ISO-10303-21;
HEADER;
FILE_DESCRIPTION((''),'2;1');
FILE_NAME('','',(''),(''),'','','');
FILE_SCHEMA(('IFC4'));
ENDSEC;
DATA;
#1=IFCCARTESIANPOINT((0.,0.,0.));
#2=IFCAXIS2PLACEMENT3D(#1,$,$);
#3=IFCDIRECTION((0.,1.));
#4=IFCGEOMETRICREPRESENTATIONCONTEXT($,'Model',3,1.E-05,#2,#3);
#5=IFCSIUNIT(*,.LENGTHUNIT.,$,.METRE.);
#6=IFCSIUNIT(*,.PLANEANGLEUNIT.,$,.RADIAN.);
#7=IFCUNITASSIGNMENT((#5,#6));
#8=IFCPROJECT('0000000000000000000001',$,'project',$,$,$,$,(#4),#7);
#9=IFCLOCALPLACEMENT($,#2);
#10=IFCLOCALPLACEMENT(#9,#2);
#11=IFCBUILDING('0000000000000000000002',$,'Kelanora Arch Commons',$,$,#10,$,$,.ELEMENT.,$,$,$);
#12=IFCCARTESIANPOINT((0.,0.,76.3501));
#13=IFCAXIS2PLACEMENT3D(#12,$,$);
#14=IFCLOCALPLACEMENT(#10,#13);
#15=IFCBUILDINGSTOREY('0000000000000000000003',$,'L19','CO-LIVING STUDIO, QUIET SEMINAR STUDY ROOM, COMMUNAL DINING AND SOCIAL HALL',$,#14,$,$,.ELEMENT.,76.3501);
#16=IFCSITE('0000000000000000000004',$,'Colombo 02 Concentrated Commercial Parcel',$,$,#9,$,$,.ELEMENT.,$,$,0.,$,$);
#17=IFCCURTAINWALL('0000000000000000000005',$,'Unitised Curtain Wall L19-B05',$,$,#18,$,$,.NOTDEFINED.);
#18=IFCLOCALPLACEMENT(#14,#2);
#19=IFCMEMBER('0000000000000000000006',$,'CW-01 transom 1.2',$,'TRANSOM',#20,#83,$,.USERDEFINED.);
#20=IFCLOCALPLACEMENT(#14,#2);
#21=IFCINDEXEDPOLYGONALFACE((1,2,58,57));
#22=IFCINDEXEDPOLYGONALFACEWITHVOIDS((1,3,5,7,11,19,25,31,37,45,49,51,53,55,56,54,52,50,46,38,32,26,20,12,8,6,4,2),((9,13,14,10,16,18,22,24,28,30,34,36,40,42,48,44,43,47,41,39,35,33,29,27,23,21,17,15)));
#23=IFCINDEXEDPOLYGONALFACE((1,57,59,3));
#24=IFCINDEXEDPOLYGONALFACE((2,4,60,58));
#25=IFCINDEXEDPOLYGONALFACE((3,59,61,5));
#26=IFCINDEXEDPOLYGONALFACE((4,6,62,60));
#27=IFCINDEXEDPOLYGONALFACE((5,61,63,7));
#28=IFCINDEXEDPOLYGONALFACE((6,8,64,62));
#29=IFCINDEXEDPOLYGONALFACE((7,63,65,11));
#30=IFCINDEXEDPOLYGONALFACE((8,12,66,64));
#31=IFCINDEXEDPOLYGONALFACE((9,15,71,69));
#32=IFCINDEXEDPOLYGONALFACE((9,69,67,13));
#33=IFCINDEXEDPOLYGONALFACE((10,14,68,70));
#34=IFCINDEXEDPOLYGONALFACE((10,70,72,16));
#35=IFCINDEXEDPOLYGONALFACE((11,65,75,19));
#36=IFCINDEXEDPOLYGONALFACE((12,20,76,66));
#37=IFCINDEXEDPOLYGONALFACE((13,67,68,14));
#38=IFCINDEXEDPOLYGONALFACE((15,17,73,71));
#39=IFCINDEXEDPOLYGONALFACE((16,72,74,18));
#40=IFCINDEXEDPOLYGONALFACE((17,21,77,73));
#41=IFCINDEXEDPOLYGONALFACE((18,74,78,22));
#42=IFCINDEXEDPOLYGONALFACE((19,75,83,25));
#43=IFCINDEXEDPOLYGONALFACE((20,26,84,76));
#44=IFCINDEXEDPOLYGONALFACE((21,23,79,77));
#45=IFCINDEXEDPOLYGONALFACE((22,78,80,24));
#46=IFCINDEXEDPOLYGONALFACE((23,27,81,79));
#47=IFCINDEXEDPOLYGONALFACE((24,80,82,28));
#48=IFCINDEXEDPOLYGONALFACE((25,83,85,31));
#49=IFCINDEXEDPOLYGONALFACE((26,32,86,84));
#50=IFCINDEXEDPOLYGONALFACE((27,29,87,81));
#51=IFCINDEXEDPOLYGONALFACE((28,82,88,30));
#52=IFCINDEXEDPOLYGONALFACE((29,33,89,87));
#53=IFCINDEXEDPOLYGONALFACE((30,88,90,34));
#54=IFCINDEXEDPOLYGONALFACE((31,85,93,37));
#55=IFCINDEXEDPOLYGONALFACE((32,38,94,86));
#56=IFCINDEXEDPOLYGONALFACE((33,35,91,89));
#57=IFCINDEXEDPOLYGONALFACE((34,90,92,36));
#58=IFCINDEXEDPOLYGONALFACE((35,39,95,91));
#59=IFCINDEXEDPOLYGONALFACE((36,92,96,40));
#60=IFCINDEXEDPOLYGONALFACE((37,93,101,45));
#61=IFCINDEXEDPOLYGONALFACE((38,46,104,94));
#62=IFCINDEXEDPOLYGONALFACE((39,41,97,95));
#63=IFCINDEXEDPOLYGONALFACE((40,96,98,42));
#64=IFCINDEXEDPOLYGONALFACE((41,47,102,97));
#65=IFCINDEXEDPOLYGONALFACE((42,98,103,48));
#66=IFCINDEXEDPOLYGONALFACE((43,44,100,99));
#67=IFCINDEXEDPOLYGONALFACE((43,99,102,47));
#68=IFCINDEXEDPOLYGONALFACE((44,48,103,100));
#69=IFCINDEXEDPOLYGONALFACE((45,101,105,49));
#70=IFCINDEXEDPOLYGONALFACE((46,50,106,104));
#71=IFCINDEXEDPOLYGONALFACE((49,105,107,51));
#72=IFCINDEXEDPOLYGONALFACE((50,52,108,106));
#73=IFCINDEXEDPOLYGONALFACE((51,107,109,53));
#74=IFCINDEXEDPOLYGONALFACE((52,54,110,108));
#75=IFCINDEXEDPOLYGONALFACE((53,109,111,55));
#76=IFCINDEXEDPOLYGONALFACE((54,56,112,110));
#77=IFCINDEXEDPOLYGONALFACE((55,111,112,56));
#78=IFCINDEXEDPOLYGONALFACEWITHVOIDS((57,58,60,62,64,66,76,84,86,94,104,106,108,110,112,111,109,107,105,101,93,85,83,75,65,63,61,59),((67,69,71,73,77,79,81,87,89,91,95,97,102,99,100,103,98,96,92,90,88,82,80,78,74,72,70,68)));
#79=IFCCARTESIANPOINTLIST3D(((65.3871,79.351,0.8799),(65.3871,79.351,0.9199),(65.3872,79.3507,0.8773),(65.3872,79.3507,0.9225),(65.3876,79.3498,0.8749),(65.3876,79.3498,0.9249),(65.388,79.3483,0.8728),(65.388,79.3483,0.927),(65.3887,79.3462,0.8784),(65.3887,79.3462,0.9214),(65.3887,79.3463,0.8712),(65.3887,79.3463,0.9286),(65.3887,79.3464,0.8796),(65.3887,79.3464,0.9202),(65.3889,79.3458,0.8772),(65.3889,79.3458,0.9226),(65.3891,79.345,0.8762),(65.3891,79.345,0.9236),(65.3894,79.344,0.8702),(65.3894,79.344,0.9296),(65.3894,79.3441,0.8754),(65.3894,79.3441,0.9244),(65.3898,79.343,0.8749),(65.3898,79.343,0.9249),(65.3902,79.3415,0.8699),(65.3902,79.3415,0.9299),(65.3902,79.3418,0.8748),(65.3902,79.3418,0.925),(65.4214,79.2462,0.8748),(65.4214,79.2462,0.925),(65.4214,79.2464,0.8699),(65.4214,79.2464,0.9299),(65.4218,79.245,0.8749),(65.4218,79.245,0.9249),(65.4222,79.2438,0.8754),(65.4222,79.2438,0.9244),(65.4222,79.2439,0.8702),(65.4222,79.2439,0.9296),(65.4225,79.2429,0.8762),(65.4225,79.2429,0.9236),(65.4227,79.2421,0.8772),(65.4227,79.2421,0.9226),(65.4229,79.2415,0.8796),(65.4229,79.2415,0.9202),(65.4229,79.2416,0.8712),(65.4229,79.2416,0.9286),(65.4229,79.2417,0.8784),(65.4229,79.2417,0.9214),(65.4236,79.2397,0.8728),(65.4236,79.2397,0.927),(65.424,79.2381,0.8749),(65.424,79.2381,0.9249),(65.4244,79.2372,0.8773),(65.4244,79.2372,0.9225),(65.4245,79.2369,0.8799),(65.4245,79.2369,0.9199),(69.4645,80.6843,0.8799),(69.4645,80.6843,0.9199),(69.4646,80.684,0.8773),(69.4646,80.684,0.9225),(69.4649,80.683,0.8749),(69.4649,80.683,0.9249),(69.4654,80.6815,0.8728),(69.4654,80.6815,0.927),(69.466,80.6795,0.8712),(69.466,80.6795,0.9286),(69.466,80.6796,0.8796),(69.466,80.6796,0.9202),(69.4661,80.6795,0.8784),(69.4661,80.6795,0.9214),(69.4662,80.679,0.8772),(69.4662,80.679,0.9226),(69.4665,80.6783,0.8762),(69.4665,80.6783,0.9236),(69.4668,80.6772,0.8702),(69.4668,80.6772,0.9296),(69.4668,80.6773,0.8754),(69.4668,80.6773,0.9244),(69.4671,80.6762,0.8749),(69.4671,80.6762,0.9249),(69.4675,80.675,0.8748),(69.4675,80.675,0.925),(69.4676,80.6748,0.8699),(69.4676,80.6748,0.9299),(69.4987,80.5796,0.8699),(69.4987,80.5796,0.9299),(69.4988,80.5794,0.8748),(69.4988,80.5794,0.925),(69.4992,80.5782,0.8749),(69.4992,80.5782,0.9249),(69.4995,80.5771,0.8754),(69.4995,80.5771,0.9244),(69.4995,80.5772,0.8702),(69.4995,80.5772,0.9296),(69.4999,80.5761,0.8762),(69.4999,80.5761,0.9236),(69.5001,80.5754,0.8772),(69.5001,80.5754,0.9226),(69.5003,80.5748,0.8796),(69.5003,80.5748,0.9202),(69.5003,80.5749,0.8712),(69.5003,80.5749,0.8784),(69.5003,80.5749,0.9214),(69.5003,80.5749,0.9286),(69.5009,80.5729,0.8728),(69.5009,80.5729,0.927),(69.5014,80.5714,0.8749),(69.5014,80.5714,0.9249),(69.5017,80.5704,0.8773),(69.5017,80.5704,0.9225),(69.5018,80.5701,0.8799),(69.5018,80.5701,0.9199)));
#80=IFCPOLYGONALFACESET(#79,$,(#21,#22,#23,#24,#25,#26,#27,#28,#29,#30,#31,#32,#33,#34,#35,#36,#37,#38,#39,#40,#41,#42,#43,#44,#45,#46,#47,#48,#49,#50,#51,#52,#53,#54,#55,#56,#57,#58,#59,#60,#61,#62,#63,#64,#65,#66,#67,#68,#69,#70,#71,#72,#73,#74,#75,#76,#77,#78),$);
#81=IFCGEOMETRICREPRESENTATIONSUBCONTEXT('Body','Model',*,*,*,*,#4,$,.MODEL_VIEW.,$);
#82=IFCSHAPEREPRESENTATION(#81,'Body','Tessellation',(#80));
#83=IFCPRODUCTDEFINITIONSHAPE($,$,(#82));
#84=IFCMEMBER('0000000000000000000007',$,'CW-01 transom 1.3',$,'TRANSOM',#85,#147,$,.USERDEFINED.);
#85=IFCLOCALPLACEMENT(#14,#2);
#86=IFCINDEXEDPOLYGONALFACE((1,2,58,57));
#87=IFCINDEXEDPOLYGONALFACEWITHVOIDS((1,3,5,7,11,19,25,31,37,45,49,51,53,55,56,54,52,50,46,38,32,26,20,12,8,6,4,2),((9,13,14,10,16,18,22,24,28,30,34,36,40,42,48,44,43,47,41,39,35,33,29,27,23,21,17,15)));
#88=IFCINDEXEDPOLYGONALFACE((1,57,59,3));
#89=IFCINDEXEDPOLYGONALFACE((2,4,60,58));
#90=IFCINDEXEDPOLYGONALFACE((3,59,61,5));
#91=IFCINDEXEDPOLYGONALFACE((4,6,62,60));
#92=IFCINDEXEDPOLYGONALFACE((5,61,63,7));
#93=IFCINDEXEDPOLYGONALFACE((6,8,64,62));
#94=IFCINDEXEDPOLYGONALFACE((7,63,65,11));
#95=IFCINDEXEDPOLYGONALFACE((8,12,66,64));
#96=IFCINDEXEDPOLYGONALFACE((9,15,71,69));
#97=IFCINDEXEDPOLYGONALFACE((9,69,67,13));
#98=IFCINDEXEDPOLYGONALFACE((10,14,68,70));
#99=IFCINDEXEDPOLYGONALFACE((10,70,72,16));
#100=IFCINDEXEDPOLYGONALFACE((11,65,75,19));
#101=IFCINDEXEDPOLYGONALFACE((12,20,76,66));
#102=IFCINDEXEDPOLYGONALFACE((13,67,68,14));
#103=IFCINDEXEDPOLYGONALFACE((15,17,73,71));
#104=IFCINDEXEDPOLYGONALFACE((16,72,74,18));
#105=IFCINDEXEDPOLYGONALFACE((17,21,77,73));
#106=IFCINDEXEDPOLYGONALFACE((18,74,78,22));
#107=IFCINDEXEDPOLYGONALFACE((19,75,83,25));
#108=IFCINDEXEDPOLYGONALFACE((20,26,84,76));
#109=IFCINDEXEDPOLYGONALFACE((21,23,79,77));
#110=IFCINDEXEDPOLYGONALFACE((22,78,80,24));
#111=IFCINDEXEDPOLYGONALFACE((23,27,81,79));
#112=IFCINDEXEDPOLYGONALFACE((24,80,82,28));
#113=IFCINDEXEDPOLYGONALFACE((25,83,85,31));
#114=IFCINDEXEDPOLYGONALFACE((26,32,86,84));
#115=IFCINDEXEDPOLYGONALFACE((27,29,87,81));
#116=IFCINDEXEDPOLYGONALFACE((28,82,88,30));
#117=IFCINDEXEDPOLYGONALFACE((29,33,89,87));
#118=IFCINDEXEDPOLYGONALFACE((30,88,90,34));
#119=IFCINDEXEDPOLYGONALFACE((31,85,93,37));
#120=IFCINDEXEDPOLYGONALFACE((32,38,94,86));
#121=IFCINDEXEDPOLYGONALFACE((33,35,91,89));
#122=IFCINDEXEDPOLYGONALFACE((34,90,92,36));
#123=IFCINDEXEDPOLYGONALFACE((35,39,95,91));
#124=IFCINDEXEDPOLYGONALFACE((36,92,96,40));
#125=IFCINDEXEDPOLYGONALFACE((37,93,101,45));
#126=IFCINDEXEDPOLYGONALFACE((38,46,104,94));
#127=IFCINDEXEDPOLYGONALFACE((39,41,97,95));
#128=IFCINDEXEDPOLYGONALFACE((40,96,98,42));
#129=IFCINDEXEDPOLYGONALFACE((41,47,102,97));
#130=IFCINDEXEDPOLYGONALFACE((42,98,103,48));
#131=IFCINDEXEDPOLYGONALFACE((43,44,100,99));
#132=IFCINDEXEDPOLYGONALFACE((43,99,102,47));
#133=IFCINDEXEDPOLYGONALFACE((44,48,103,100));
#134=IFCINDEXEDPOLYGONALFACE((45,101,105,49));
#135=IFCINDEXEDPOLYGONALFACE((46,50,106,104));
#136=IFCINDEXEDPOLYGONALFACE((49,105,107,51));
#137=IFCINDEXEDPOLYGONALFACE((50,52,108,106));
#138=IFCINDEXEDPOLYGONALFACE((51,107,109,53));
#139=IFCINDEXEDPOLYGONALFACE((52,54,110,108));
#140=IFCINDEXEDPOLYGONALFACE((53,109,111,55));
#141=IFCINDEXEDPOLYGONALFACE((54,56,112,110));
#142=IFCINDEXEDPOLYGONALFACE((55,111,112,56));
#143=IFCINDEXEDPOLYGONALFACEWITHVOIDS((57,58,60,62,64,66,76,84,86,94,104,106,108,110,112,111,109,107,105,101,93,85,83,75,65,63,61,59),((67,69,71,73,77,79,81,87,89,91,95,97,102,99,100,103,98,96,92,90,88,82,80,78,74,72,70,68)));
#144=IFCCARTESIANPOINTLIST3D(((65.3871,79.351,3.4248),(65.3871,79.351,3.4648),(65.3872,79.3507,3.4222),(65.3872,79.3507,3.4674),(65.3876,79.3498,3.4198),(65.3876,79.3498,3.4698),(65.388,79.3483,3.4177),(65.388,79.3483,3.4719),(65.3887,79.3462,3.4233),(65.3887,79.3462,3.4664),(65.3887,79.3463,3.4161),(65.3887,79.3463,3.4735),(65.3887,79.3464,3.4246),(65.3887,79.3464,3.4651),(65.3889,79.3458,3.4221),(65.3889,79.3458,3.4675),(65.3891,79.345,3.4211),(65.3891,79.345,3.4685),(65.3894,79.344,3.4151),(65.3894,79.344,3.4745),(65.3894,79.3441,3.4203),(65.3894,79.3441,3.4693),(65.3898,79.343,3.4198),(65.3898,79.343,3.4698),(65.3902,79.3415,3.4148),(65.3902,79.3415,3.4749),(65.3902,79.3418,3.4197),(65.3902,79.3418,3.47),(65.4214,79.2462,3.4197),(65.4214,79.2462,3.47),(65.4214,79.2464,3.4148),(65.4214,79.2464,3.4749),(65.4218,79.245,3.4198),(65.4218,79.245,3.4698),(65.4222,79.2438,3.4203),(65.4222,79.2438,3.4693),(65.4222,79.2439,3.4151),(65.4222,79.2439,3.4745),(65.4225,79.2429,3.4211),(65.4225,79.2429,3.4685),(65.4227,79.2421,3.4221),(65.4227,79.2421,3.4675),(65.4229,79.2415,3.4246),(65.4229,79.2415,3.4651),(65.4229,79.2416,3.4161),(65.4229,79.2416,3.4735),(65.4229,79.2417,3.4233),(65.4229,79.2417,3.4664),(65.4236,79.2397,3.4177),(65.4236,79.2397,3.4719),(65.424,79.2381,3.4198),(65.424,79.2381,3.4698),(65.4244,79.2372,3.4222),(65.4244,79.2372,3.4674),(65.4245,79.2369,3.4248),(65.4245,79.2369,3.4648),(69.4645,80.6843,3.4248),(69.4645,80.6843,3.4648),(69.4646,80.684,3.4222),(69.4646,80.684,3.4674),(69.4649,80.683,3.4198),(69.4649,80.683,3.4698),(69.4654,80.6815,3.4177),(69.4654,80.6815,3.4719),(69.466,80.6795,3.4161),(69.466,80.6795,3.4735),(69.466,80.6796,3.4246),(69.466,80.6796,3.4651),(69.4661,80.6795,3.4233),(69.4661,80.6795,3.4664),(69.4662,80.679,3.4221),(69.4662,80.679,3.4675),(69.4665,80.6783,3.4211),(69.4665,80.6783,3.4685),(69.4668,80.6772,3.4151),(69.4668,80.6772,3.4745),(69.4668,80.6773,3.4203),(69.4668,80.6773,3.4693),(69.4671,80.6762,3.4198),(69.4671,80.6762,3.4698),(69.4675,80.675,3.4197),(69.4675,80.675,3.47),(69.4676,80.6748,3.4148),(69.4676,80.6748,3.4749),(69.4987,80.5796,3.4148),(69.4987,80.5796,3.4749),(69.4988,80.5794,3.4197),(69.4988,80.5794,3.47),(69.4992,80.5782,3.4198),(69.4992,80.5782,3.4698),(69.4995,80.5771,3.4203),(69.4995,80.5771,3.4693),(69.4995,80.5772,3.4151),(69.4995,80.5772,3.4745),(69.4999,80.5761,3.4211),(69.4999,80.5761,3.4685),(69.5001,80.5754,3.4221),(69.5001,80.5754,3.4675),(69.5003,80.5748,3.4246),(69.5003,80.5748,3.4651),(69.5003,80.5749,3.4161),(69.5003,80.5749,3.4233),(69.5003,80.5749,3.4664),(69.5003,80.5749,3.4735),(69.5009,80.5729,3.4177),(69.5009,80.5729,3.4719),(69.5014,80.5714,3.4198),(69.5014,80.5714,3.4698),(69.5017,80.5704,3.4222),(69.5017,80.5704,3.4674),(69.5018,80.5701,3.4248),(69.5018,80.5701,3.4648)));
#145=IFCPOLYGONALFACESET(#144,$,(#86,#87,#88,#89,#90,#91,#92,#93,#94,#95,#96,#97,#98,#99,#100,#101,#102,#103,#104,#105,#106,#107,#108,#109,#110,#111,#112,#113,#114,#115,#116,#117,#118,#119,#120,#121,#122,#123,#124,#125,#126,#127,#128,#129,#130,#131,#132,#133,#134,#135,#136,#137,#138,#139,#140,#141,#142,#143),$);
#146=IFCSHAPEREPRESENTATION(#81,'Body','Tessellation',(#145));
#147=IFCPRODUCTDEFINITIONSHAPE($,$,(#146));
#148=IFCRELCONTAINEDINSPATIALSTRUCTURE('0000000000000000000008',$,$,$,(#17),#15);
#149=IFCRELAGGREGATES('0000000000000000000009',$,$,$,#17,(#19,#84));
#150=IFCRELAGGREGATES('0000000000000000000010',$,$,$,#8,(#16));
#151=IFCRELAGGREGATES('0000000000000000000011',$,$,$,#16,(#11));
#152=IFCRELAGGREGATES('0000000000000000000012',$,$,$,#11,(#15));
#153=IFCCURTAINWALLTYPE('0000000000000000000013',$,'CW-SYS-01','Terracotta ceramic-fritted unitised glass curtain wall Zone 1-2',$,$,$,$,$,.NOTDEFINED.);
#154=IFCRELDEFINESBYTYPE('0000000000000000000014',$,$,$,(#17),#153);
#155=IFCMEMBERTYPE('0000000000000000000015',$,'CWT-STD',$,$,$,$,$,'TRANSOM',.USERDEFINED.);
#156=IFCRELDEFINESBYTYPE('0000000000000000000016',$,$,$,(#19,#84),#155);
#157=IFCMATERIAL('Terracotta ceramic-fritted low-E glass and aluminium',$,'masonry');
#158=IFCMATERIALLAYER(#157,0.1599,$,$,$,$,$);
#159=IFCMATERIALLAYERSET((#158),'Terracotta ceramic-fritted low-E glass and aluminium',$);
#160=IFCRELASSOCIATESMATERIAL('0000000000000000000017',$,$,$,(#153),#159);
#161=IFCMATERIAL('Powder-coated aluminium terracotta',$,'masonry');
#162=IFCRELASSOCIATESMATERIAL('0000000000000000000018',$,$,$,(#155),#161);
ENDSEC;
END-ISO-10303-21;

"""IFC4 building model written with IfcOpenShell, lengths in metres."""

from ifc_helpers import new_model, si_unit, direction, frame, origin, origin_2d, place, context, subcontext, project, spatial, hollow_rectangle, extrude, material, layer, layer_set, material_profile, profile_set, type_object, element, aggregate, save


model = new_model("IFC4")

# Units and contexts
model_context = context("Model", 3, precision=1e-05, world=origin(), true_north=direction((0.0, 1.0)))
body_context = subcontext(model_context, "Body", "Model", "MODEL_VIEW")
ifc_project = project(units=[si_unit("LENGTHUNIT", "METRE"), si_unit("PLANEANGLEUNIT", "RADIAN")], contexts=[model_context])

# Site, building, storey
site_placement = place(None, origin())
site = spatial("IfcSite", under=ifc_project, at=site_placement, Name="Colombo 02 Concentrated Commercial Parcel", CompositionType="ELEMENT", RefElevation=0.0)
building_placement = place(site_placement, origin())
building = spatial("IfcBuilding", under=site, at=building_placement, Name="Kelanora Arch Commons", CompositionType="ELEMENT")
storey_placement = place(building_placement, frame((0.0, 0.0, 76.3501)))
storey = spatial("IfcBuildingStorey", under=building, at=storey_placement, Name="L19", Description="CO-LIVING STUDIO, QUIET SEMINAR STUDY ROOM, COMMUNAL DINING AND SOCIAL HALL", CompositionType="ELEMENT", Elevation=76.3501)

# Curtain wall, members
ifc_material_1 = material(Name="Terracotta ceramic-fritted low-E glass and aluminium", Category="masonry")
ifc_layer_1 = layer(ifc_material_1, 0.1599)
ifc_layer_set_1 = layer_set([ifc_layer_1], Name="Terracotta ceramic-fritted low-E glass and aluminium")
curtain_wall_type = type_object("IfcCurtainWallType", Name="CW-SYS-01", Description="Terracotta ceramic-fritted unitised glass curtain wall Zone 1-2", PredefinedType="NOTDEFINED", material=ifc_layer_set_1)
curtain_wall_placement = place(storey_placement, origin())
curtain_wall = element("IfcCurtainWall", 1, at=curtain_wall_placement, inside=storey, type_object=curtain_wall_type, Name="Unitised Curtain Wall L19-B05", PredefinedType="NOTDEFINED")
ifc_material_2 = material(Name="Powder-coated aluminium terracotta", Category="masonry")
ifc_material_profile_1 = material_profile(ifc_material_2, hollow_rectangle(XDim=0.1201, YDim=0.0601, WallThickness=0.0049, InnerFilletRadius=0.0049, OuterFilletRadius=0.01, at=origin_2d()), Name="CWT120x60")
ifc_profile_set_1 = profile_set([ifc_material_profile_1], Name="Powder-coated aluminium terracotta")
member_type_1 = type_object("IfcMemberType", Name="CWT-STD", ElementType="TRANSOM", PredefinedType="USERDEFINED", material=ifc_profile_set_1)
member_1_placement = place(storey_placement, frame((69.4832, 80.6272, 0.8999), z_axis=(-0.950478, -0.310793, 0.0), x_axis=(0.310793, -0.950478, 0.0)))
member_1 = element("IfcMember", 2, at=member_1_placement, type_object=member_type_1, Name="CW-01 transom 1.2", ObjectType="TRANSOM", PredefinedType="USERDEFINED", context=body_context, shape_type="SweptSolid", body=[
    extrude(hollow_rectangle(XDim=0.1201, YDim=0.0601, WallThickness=0.0049, InnerFilletRadius=0.0049, OuterFilletRadius=0.01, at=origin_2d()), origin(), (0.0, 0.0, 1.0), 4.2898),
])
member_2_placement = place(storey_placement, frame((69.4832, 80.6272, 3.4448), z_axis=(-0.950478, -0.310793, 0.0), x_axis=(0.310793, -0.950478, 0.0)))
member_2 = element("IfcMember", 3, at=member_2_placement, type_object=member_type_1, Name="CW-01 transom 1.3", ObjectType="TRANSOM", PredefinedType="USERDEFINED", context=body_context, shape_type="SweptSolid", body=[
    extrude(hollow_rectangle(XDim=0.1201, YDim=0.0601, WallThickness=0.0049, InnerFilletRadius=0.0049, OuterFilletRadius=0.01, at=origin_2d()), origin(), (0.0, 0.0, 1.0), 4.2898),
])
aggregate(curtain_wall, [member_1, member_2])

save(model, "model.ifc")
